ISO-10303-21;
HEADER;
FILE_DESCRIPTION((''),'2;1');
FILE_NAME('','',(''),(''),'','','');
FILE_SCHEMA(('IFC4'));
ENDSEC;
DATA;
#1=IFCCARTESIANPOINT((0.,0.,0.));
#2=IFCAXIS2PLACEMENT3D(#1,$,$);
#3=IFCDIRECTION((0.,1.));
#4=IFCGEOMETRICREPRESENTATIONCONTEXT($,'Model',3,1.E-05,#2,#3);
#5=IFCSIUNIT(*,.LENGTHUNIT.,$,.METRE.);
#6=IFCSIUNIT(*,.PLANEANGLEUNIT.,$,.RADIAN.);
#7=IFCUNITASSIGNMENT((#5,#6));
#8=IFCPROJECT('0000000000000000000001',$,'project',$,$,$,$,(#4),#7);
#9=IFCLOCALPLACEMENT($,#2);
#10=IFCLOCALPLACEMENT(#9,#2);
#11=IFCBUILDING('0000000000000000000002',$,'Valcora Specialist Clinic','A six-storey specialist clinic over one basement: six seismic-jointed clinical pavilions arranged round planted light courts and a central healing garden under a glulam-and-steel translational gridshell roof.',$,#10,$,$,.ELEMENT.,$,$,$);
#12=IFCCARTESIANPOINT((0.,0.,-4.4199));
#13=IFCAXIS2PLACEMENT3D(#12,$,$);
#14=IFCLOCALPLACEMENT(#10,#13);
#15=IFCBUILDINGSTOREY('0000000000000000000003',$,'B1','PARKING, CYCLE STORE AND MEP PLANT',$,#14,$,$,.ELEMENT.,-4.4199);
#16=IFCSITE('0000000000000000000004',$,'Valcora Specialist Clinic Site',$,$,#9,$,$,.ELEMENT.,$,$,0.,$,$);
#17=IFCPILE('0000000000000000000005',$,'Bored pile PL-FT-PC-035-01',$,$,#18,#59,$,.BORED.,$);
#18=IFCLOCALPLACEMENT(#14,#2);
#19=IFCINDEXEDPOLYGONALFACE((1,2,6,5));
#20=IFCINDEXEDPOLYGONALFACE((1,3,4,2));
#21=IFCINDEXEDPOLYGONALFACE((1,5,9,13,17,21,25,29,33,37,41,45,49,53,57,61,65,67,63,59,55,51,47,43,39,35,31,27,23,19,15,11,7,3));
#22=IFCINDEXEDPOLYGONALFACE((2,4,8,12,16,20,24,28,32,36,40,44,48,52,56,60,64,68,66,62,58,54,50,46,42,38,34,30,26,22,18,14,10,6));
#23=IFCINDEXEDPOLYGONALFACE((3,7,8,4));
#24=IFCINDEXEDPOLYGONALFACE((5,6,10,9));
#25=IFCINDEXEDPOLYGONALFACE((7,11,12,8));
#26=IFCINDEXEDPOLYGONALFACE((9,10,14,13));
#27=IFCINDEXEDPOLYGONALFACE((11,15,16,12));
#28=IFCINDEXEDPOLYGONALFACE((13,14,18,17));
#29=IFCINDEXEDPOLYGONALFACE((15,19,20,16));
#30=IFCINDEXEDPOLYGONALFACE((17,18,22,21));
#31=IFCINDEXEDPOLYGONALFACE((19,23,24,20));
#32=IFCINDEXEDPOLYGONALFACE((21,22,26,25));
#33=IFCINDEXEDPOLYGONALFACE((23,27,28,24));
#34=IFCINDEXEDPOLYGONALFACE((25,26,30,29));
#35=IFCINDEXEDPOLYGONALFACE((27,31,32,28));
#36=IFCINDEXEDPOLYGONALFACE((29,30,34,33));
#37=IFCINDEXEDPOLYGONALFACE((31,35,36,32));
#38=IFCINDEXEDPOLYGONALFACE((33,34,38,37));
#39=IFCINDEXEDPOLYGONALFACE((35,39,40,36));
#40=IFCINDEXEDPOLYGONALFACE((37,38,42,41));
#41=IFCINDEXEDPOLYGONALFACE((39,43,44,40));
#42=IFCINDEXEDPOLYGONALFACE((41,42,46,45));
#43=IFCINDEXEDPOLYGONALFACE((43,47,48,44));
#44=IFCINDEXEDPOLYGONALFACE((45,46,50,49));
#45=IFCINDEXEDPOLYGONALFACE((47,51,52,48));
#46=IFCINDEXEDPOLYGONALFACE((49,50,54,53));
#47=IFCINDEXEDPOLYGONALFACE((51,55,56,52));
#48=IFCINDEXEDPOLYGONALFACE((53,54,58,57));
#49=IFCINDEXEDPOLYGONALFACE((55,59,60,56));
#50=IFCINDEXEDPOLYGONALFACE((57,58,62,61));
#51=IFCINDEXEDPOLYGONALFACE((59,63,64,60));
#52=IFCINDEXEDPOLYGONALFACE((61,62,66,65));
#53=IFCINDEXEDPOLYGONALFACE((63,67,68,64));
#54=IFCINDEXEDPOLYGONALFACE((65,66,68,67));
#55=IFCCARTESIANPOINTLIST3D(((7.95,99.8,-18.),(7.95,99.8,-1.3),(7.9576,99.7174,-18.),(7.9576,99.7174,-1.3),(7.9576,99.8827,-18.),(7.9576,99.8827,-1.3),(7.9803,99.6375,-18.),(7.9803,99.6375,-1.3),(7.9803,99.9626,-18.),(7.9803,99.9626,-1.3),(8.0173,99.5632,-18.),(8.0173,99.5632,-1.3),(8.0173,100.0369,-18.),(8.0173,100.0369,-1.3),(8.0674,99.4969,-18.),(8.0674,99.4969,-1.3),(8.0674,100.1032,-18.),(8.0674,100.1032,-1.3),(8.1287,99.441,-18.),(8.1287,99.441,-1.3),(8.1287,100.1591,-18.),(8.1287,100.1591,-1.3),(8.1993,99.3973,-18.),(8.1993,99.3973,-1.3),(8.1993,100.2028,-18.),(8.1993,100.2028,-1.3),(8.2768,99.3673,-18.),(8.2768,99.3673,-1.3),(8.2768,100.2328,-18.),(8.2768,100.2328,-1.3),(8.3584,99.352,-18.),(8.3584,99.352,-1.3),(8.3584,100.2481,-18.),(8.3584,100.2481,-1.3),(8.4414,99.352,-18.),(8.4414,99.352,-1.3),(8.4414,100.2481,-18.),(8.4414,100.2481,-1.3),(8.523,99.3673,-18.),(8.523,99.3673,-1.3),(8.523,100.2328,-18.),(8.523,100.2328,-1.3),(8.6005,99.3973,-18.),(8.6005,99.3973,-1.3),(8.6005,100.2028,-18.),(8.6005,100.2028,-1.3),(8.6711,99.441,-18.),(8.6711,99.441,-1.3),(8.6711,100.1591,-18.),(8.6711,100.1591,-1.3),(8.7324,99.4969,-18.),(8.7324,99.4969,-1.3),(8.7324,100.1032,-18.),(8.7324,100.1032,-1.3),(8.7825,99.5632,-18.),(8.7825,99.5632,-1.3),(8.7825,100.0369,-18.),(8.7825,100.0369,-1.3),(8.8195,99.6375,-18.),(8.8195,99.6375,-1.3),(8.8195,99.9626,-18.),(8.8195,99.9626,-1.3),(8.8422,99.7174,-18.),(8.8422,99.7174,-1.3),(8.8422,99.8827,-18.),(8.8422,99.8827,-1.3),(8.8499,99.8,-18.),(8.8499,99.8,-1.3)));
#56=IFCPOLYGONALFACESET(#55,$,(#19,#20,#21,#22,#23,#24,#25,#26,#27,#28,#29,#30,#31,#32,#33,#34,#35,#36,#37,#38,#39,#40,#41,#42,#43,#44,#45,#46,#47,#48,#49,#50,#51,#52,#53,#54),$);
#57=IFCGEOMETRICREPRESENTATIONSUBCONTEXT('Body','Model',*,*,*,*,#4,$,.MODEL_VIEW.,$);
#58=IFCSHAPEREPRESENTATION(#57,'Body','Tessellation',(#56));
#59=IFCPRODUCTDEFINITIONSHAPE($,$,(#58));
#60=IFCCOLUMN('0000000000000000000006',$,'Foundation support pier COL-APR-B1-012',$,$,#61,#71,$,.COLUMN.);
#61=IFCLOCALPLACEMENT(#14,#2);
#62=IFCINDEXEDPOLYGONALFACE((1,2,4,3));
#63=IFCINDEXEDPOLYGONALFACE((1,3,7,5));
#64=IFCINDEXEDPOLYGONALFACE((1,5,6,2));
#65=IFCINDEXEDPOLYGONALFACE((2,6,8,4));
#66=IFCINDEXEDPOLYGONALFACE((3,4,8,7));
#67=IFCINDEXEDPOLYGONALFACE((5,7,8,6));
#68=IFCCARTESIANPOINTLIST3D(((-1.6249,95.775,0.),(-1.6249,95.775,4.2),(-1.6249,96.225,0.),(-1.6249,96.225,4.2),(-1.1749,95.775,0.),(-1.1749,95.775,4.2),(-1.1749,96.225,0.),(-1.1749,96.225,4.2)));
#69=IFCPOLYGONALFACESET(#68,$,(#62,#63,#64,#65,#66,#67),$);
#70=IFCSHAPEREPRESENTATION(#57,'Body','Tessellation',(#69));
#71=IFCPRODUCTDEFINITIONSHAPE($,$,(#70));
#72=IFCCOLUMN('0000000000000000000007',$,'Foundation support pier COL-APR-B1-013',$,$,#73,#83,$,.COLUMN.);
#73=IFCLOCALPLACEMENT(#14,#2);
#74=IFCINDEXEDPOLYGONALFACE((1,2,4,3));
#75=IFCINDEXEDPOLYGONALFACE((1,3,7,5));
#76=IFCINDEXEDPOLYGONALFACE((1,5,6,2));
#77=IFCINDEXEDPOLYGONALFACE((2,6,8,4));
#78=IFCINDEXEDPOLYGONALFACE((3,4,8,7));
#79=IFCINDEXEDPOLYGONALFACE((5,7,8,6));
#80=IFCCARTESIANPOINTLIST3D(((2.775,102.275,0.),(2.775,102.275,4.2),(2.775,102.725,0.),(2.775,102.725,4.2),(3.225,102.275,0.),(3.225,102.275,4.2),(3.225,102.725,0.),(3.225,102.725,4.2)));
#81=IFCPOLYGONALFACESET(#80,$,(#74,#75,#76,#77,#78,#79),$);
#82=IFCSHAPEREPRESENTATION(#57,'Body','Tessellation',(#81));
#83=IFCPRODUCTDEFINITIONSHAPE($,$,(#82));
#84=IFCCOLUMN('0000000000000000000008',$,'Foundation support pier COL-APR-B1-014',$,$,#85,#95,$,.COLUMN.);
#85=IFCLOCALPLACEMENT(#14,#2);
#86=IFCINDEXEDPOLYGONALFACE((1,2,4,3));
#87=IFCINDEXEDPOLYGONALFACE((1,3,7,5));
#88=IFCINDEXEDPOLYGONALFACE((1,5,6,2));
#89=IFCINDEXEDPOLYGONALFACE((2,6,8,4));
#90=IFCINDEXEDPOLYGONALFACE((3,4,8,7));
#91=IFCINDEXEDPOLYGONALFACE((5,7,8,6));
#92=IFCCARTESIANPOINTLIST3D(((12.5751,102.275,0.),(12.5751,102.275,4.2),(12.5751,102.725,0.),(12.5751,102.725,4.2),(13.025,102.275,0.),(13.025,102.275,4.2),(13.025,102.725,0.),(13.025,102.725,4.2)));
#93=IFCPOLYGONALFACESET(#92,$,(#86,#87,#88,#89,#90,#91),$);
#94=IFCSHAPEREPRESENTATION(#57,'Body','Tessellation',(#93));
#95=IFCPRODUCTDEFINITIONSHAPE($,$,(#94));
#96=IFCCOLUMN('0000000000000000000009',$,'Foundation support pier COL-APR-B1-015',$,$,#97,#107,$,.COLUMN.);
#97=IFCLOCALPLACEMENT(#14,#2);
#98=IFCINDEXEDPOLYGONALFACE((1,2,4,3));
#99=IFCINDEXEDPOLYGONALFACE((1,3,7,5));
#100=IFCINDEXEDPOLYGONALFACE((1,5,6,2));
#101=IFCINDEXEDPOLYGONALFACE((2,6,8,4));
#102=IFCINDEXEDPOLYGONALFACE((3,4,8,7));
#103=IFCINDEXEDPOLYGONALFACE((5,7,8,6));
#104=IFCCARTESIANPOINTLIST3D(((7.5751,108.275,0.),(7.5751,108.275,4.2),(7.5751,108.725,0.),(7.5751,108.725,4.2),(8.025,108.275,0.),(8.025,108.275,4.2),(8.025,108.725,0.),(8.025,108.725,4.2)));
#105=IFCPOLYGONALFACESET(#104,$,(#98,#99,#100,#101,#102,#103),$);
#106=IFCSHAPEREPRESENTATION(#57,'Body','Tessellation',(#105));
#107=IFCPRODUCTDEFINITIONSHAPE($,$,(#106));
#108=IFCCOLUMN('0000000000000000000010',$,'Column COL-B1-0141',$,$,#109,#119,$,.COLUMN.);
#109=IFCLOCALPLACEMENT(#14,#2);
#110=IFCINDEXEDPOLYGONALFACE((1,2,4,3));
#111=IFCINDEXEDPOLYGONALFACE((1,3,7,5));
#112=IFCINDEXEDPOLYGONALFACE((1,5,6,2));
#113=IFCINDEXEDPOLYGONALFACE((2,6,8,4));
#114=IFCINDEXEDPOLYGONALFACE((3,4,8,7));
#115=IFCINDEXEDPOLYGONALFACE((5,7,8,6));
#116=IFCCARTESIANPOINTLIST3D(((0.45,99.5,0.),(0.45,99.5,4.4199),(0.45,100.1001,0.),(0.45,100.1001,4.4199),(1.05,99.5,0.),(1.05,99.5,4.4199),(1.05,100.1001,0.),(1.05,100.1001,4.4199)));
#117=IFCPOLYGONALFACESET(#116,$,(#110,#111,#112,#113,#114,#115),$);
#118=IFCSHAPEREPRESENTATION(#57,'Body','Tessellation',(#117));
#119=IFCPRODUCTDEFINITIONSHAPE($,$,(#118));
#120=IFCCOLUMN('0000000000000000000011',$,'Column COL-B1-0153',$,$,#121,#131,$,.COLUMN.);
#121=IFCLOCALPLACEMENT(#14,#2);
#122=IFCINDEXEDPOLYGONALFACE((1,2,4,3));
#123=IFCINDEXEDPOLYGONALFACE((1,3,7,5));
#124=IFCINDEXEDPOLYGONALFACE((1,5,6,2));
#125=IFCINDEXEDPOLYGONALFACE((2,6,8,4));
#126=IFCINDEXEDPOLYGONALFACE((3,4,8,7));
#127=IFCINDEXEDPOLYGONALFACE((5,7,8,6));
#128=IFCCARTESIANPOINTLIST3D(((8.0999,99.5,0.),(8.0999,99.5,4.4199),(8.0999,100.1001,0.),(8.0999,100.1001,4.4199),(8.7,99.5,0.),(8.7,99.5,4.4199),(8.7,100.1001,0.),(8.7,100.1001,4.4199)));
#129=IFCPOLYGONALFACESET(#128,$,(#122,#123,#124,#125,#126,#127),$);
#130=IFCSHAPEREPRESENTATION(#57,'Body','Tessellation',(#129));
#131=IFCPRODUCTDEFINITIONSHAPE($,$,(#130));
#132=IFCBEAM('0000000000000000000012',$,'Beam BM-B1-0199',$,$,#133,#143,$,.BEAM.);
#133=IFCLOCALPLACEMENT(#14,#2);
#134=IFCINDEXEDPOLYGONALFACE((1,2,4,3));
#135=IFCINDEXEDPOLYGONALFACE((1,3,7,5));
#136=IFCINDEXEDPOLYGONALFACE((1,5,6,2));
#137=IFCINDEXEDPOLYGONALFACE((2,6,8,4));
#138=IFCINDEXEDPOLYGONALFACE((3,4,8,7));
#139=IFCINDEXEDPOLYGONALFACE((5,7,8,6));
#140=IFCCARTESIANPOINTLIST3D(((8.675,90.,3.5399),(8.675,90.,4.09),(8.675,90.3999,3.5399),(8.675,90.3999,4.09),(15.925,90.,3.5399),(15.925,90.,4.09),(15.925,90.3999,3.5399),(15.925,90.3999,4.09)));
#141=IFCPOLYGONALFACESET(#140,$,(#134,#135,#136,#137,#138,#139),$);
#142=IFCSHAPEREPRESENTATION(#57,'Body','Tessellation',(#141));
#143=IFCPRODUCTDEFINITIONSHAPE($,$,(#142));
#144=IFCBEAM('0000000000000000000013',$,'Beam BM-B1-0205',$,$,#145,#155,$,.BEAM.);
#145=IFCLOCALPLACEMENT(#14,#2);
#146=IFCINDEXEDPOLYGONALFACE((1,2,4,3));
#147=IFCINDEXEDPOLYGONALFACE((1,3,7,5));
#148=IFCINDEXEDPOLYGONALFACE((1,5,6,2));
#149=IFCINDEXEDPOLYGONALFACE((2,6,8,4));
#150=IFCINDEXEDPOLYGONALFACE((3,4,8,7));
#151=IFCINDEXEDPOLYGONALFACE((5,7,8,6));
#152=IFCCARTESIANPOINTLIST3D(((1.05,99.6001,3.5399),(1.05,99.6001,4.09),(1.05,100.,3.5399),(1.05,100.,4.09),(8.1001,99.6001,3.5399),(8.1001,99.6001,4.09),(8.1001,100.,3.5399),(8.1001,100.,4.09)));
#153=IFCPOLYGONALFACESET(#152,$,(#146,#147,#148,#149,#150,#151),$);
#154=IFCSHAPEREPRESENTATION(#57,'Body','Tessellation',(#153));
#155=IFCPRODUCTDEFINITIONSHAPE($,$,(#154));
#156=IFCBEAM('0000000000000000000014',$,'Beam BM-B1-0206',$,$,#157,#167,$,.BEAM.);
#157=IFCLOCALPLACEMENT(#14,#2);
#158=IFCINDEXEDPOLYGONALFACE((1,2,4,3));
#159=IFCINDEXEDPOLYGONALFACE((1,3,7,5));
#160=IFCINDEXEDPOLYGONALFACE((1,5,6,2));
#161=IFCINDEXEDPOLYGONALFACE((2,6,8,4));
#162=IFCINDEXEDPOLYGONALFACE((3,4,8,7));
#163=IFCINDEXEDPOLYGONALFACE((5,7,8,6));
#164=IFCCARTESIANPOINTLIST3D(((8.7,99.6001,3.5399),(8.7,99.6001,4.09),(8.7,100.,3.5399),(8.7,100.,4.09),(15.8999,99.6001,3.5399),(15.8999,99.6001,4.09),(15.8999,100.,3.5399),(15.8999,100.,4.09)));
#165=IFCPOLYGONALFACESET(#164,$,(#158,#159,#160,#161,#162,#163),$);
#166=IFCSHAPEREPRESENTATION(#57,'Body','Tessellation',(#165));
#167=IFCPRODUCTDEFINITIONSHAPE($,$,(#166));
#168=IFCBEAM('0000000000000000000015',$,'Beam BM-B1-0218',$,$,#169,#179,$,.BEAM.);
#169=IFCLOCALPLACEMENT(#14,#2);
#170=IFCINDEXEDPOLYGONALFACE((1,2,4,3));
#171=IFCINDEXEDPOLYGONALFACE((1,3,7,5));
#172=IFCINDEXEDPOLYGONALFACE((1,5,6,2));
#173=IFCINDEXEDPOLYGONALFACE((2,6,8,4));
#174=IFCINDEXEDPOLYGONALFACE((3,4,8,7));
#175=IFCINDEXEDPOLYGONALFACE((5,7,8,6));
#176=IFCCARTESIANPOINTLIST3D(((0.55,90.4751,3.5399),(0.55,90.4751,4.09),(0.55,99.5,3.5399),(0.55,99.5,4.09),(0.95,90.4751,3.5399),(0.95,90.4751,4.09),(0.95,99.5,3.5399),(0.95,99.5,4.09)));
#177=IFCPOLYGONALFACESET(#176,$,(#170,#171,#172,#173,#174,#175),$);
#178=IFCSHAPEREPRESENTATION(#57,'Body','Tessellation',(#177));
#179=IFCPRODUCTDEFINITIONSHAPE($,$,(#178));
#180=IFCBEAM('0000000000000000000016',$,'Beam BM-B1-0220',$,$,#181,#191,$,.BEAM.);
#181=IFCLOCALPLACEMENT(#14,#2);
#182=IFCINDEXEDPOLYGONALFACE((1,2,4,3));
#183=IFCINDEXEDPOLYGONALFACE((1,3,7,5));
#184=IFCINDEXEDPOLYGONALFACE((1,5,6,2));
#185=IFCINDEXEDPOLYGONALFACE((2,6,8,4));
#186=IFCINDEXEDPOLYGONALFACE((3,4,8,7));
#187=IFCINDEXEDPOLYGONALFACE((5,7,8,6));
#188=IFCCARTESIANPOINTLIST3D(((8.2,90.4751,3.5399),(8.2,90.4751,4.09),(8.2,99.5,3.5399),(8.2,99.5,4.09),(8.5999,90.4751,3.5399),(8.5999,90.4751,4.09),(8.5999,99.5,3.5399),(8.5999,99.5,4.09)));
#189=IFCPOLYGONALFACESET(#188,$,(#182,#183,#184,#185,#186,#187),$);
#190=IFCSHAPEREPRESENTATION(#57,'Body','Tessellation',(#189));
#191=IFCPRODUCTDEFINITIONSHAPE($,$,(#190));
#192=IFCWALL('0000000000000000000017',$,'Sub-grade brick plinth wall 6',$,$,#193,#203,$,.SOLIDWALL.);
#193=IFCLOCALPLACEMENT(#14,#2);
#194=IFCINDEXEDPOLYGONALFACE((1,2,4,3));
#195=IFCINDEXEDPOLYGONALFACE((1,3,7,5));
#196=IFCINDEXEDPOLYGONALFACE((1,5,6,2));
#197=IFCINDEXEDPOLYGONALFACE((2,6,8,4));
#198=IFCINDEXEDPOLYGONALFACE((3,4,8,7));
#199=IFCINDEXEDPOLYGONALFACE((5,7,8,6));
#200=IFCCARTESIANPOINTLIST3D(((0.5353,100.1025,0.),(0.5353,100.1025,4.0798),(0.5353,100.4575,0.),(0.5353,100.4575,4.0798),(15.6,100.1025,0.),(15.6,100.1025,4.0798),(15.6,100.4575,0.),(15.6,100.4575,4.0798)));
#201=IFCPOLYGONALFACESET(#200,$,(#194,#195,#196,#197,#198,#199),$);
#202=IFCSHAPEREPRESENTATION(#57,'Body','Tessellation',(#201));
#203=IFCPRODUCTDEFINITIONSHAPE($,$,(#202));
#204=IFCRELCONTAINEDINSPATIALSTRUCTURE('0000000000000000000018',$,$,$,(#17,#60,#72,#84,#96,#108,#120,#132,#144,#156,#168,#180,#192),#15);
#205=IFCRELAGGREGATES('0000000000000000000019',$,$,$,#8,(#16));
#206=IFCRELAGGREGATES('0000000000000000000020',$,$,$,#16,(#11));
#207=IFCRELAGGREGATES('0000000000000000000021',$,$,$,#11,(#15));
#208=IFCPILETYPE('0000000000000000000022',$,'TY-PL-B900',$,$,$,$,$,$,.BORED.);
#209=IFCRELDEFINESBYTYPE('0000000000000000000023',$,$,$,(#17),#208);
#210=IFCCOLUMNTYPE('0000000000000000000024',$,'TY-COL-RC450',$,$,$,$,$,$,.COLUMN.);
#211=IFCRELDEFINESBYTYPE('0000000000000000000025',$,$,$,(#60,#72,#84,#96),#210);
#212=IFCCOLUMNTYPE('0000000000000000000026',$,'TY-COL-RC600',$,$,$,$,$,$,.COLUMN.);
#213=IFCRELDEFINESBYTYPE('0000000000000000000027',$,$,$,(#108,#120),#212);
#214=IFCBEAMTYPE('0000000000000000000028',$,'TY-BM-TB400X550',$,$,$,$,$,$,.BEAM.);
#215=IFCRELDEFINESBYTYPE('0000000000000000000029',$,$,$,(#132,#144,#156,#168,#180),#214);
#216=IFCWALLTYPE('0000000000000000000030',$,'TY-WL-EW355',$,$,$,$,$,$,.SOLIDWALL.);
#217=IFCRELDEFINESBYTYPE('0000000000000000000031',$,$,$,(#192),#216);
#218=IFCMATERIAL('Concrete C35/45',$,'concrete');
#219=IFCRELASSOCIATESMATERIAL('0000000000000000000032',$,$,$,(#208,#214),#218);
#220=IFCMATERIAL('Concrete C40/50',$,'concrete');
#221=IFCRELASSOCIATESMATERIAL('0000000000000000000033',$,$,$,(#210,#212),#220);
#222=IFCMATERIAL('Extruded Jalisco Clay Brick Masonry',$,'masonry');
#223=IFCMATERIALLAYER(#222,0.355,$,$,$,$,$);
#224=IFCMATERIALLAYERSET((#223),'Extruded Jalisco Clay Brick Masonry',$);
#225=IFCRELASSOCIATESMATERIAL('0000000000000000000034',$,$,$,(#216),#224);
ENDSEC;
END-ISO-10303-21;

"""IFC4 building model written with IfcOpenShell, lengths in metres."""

from ifc_helpers import new_model, si_unit, direction, frame, frame_2d, origin, origin_2d, place, context, subcontext, project, spatial, rectangle, circle, extrude, material, layer, layer_set, material_profile, profile_set, type_object, element, save


model = new_model("IFC4")

# Units and contexts
model_context = context("Model", 3, precision=1e-05, world=origin(), true_north=direction((0.0, 1.0)))
body_context = subcontext(model_context, "Body", "Model", "MODEL_VIEW")
ifc_project = project(units=[si_unit("LENGTHUNIT", "METRE"), si_unit("PLANEANGLEUNIT", "RADIAN")], contexts=[model_context])

# Site, building, storey
site_placement = place(None, origin())
site = spatial("IfcSite", under=ifc_project, at=site_placement, Name="Valcora Specialist Clinic Site", CompositionType="ELEMENT", RefElevation=0.0)
building_placement = place(site_placement, origin())
building = spatial("IfcBuilding", under=site, at=building_placement, Name="Valcora Specialist Clinic", Description="A six-storey specialist clinic over one basement: six seismic-jointed clinical pavilions arranged round planted light courts and a central healing garden under a glulam-and-steel translational gridshell roof.", CompositionType="ELEMENT")
storey_placement = place(building_placement, frame((0.0, 0.0, -4.4199)))
storey = spatial("IfcBuildingStorey", under=building, at=storey_placement, Name="B1", Description="PARKING, CYCLE STORE AND MEP PLANT", CompositionType="ELEMENT", Elevation=-4.4199)

# Shared definitions
ifc_material_1 = material(Name="Concrete C35/45", Category="concrete")

# Pile
ifc_material_profile_1 = material_profile(ifc_material_1, circle(Radius=0.45, at=origin_2d()), Name="RC-PIL-D900")
ifc_profile_set_1 = profile_set([ifc_material_profile_1], Name="Concrete C35/45")
pile_type_1 = type_object("IfcPileType", Name="TY-PL-B900", PredefinedType="BORED", material=ifc_profile_set_1)
for number, where, z_axis, x_axis, name in (
    (1, (8.3999, 99.8, -1.3), (0.0, 0.0, -1.0), (1.0, 0.0, 0.0), "Bored pile PL-FT-PC-035-01"),
):
    element("IfcPile", number, at=place(storey_placement, frame(where, z_axis=z_axis, x_axis=x_axis)), inside=storey, type_object=pile_type_1, Name=name, PredefinedType="BORED", context=body_context, shape_type="SweptSolid", body=[
        extrude(circle(Radius=0.45, at=origin_2d()), origin(), (0.0, 0.0, 1.0), 16.7),
    ])

# Columns
ifc_material_2 = material(Name="Concrete C40/50", Category="concrete")
ifc_material_profile_2 = material_profile(ifc_material_2, rectangle(XDim=0.45, YDim=0.45, at=origin_2d()), Name="RC-COL-450X450")
ifc_profile_set_2 = profile_set([ifc_material_profile_2], Name="Concrete C40/50")
column_type_1 = type_object("IfcColumnType", Name="TY-COL-RC450", PredefinedType="COLUMN", material=ifc_profile_set_2)
for number, where, z_axis, x_axis, name in (
    (2, (-1.3999, 96.0, 0.0), (0.0, 0.0, 1.0), (1.0, 0.0, 0.0), "Foundation support pier COL-APR-B1-012"),
    (3, (3.0, 102.5, 0.0), (0.0, 0.0, 1.0), (1.0, 0.0, 0.0), "Foundation support pier COL-APR-B1-013"),
    (4, (12.8, 102.5, 0.0), (0.0, 0.0, 1.0), (1.0, 0.0, 0.0), "Foundation support pier COL-APR-B1-014"),
    (5, (7.8, 108.5, 0.0), (0.0, 0.0, 1.0), (1.0, 0.0, 0.0), "Foundation support pier COL-APR-B1-015"),
):
    element("IfcColumn", number, at=place(storey_placement, frame(where, z_axis=z_axis, x_axis=x_axis)), inside=storey, type_object=column_type_1, Name=name, PredefinedType="COLUMN", context=body_context, shape_type="SweptSolid", body=[
        extrude(rectangle(XDim=0.45, YDim=0.45, at=origin_2d()), origin(), (0.0, 0.0, 1.0), 4.2),
    ])
ifc_material_profile_3 = material_profile(ifc_material_2, rectangle(XDim=0.6001, YDim=0.6001, at=origin_2d()), Name="RC-COL-600X600")
ifc_profile_set_3 = profile_set([ifc_material_profile_3], Name="Concrete C40/50")
column_type_2 = type_object("IfcColumnType", Name="TY-COL-RC600", PredefinedType="COLUMN", material=ifc_profile_set_3)
for number, where, z_axis, x_axis, name in (
    (6, (0.75, 99.8, 0.0), (0.0, 0.0, 1.0), (1.0, 0.0, 0.0), "Column COL-B1-0141"),
    (7, (8.3999, 99.8, 0.0), (0.0, 0.0, 1.0), (1.0, 0.0, 0.0), "Column COL-B1-0153"),
):
    element("IfcColumn", number, at=place(storey_placement, frame(where, z_axis=z_axis, x_axis=x_axis)), inside=storey, type_object=column_type_2, Name=name, PredefinedType="COLUMN", context=body_context, shape_type="SweptSolid", body=[
        extrude(rectangle(XDim=0.6001, YDim=0.6001, at=origin_2d()), origin(), (0.0, 0.0, 1.0), 4.4199),
    ])

# Beams
ifc_material_profile_4 = material_profile(ifc_material_1, rectangle(XDim=0.3999, YDim=0.55, at=origin_2d()), Name="RC-TB-400X550")
ifc_profile_set_4 = profile_set([ifc_material_profile_4], Name="Concrete C35/45")
beam_type = type_object("IfcBeamType", Name="TY-BM-TB400X550", PredefinedType="BEAM", material=ifc_profile_set_4)
beam_1_placement = place(storey_placement, frame((8.675, 90.2, 3.8149), z_axis=(1.0, 0.0, 0.0), x_axis=(0.0, 1.0, 0.0)))
element("IfcBeam", 8, at=beam_1_placement, inside=storey, type_object=beam_type, Name="Beam BM-B1-0199", PredefinedType="BEAM", context=body_context, shape_type="SweptSolid", body=[
    extrude(rectangle(XDim=0.3999, YDim=0.55, at=origin_2d()), origin(), (0.0, 0.0, 1.0), 7.25),
])
beam_2_placement = place(storey_placement, frame((1.05, 99.8, 3.8149), z_axis=(1.0, 0.0, 0.0), x_axis=(0.0, 1.0, 0.0)))
element("IfcBeam", 9, at=beam_2_placement, inside=storey, type_object=beam_type, Name="Beam BM-B1-0205", PredefinedType="BEAM", context=body_context, shape_type="SweptSolid", body=[
    extrude(rectangle(XDim=0.3999, YDim=0.55, at=origin_2d()), origin(), (0.0, 0.0, 1.0), 7.05),
])
beam_3_placement = place(storey_placement, frame((8.7, 99.8, 3.8149), z_axis=(1.0, 0.0, 0.0), x_axis=(0.0, 1.0, 0.0)))
element("IfcBeam", 10, at=beam_3_placement, inside=storey, type_object=beam_type, Name="Beam BM-B1-0206", PredefinedType="BEAM", context=body_context, shape_type="SweptSolid", body=[
    extrude(rectangle(XDim=0.3999, YDim=0.55, at=origin_2d()), origin(), (0.0, 0.0, 1.0), 7.2),
])
for number, where, z_axis, x_axis, name in (
    (11, (0.75, 90.4751, 3.8149), (0.0, 1.0, 0.0), (-1.0, 0.0, 0.0), "Beam BM-B1-0218"),
    (12, (8.3999, 90.4751, 3.8149), (0.0, 1.0, 0.0), (-1.0, 0.0, 0.0), "Beam BM-B1-0220"),
):
    element("IfcBeam", number, at=place(storey_placement, frame(where, z_axis=z_axis, x_axis=x_axis)), inside=storey, type_object=beam_type, Name=name, PredefinedType="BEAM", context=body_context, shape_type="SweptSolid", body=[
        extrude(rectangle(XDim=0.3999, YDim=0.55, at=origin_2d()), origin(), (0.0, 0.0, 1.0), 9.0249),
    ])

# Wall
ifc_material_3 = material(Name="Extruded Jalisco Clay Brick Masonry", Category="masonry")
ifc_layer = layer(ifc_material_3, 0.355)
ifc_layer_set = layer_set([ifc_layer], Name="Extruded Jalisco Clay Brick Masonry")
wall_type = type_object("IfcWallType", Name="TY-WL-EW355", PredefinedType="SOLIDWALL", material=ifc_layer_set)
wall_1_placement = place(storey_placement, frame((0.5354, 100.28, 0.0), z_axis=(0.0, 0.0, 1.0), x_axis=(1.0, 0.0, 0.0)))
element("IfcWall", 13, at=wall_1_placement, inside=storey, type_object=wall_type, Name="Sub-grade brick plinth wall 6", PredefinedType="SOLIDWALL", context=body_context, shape_type="SweptSolid", body=[
    extrude(rectangle(XDim=15.0647, YDim=0.355, at=frame_2d((7.5322, 0.0))), origin(), (0.0, 0.0, 1.0), 4.0798),
])

save(model, "model.ifc")
